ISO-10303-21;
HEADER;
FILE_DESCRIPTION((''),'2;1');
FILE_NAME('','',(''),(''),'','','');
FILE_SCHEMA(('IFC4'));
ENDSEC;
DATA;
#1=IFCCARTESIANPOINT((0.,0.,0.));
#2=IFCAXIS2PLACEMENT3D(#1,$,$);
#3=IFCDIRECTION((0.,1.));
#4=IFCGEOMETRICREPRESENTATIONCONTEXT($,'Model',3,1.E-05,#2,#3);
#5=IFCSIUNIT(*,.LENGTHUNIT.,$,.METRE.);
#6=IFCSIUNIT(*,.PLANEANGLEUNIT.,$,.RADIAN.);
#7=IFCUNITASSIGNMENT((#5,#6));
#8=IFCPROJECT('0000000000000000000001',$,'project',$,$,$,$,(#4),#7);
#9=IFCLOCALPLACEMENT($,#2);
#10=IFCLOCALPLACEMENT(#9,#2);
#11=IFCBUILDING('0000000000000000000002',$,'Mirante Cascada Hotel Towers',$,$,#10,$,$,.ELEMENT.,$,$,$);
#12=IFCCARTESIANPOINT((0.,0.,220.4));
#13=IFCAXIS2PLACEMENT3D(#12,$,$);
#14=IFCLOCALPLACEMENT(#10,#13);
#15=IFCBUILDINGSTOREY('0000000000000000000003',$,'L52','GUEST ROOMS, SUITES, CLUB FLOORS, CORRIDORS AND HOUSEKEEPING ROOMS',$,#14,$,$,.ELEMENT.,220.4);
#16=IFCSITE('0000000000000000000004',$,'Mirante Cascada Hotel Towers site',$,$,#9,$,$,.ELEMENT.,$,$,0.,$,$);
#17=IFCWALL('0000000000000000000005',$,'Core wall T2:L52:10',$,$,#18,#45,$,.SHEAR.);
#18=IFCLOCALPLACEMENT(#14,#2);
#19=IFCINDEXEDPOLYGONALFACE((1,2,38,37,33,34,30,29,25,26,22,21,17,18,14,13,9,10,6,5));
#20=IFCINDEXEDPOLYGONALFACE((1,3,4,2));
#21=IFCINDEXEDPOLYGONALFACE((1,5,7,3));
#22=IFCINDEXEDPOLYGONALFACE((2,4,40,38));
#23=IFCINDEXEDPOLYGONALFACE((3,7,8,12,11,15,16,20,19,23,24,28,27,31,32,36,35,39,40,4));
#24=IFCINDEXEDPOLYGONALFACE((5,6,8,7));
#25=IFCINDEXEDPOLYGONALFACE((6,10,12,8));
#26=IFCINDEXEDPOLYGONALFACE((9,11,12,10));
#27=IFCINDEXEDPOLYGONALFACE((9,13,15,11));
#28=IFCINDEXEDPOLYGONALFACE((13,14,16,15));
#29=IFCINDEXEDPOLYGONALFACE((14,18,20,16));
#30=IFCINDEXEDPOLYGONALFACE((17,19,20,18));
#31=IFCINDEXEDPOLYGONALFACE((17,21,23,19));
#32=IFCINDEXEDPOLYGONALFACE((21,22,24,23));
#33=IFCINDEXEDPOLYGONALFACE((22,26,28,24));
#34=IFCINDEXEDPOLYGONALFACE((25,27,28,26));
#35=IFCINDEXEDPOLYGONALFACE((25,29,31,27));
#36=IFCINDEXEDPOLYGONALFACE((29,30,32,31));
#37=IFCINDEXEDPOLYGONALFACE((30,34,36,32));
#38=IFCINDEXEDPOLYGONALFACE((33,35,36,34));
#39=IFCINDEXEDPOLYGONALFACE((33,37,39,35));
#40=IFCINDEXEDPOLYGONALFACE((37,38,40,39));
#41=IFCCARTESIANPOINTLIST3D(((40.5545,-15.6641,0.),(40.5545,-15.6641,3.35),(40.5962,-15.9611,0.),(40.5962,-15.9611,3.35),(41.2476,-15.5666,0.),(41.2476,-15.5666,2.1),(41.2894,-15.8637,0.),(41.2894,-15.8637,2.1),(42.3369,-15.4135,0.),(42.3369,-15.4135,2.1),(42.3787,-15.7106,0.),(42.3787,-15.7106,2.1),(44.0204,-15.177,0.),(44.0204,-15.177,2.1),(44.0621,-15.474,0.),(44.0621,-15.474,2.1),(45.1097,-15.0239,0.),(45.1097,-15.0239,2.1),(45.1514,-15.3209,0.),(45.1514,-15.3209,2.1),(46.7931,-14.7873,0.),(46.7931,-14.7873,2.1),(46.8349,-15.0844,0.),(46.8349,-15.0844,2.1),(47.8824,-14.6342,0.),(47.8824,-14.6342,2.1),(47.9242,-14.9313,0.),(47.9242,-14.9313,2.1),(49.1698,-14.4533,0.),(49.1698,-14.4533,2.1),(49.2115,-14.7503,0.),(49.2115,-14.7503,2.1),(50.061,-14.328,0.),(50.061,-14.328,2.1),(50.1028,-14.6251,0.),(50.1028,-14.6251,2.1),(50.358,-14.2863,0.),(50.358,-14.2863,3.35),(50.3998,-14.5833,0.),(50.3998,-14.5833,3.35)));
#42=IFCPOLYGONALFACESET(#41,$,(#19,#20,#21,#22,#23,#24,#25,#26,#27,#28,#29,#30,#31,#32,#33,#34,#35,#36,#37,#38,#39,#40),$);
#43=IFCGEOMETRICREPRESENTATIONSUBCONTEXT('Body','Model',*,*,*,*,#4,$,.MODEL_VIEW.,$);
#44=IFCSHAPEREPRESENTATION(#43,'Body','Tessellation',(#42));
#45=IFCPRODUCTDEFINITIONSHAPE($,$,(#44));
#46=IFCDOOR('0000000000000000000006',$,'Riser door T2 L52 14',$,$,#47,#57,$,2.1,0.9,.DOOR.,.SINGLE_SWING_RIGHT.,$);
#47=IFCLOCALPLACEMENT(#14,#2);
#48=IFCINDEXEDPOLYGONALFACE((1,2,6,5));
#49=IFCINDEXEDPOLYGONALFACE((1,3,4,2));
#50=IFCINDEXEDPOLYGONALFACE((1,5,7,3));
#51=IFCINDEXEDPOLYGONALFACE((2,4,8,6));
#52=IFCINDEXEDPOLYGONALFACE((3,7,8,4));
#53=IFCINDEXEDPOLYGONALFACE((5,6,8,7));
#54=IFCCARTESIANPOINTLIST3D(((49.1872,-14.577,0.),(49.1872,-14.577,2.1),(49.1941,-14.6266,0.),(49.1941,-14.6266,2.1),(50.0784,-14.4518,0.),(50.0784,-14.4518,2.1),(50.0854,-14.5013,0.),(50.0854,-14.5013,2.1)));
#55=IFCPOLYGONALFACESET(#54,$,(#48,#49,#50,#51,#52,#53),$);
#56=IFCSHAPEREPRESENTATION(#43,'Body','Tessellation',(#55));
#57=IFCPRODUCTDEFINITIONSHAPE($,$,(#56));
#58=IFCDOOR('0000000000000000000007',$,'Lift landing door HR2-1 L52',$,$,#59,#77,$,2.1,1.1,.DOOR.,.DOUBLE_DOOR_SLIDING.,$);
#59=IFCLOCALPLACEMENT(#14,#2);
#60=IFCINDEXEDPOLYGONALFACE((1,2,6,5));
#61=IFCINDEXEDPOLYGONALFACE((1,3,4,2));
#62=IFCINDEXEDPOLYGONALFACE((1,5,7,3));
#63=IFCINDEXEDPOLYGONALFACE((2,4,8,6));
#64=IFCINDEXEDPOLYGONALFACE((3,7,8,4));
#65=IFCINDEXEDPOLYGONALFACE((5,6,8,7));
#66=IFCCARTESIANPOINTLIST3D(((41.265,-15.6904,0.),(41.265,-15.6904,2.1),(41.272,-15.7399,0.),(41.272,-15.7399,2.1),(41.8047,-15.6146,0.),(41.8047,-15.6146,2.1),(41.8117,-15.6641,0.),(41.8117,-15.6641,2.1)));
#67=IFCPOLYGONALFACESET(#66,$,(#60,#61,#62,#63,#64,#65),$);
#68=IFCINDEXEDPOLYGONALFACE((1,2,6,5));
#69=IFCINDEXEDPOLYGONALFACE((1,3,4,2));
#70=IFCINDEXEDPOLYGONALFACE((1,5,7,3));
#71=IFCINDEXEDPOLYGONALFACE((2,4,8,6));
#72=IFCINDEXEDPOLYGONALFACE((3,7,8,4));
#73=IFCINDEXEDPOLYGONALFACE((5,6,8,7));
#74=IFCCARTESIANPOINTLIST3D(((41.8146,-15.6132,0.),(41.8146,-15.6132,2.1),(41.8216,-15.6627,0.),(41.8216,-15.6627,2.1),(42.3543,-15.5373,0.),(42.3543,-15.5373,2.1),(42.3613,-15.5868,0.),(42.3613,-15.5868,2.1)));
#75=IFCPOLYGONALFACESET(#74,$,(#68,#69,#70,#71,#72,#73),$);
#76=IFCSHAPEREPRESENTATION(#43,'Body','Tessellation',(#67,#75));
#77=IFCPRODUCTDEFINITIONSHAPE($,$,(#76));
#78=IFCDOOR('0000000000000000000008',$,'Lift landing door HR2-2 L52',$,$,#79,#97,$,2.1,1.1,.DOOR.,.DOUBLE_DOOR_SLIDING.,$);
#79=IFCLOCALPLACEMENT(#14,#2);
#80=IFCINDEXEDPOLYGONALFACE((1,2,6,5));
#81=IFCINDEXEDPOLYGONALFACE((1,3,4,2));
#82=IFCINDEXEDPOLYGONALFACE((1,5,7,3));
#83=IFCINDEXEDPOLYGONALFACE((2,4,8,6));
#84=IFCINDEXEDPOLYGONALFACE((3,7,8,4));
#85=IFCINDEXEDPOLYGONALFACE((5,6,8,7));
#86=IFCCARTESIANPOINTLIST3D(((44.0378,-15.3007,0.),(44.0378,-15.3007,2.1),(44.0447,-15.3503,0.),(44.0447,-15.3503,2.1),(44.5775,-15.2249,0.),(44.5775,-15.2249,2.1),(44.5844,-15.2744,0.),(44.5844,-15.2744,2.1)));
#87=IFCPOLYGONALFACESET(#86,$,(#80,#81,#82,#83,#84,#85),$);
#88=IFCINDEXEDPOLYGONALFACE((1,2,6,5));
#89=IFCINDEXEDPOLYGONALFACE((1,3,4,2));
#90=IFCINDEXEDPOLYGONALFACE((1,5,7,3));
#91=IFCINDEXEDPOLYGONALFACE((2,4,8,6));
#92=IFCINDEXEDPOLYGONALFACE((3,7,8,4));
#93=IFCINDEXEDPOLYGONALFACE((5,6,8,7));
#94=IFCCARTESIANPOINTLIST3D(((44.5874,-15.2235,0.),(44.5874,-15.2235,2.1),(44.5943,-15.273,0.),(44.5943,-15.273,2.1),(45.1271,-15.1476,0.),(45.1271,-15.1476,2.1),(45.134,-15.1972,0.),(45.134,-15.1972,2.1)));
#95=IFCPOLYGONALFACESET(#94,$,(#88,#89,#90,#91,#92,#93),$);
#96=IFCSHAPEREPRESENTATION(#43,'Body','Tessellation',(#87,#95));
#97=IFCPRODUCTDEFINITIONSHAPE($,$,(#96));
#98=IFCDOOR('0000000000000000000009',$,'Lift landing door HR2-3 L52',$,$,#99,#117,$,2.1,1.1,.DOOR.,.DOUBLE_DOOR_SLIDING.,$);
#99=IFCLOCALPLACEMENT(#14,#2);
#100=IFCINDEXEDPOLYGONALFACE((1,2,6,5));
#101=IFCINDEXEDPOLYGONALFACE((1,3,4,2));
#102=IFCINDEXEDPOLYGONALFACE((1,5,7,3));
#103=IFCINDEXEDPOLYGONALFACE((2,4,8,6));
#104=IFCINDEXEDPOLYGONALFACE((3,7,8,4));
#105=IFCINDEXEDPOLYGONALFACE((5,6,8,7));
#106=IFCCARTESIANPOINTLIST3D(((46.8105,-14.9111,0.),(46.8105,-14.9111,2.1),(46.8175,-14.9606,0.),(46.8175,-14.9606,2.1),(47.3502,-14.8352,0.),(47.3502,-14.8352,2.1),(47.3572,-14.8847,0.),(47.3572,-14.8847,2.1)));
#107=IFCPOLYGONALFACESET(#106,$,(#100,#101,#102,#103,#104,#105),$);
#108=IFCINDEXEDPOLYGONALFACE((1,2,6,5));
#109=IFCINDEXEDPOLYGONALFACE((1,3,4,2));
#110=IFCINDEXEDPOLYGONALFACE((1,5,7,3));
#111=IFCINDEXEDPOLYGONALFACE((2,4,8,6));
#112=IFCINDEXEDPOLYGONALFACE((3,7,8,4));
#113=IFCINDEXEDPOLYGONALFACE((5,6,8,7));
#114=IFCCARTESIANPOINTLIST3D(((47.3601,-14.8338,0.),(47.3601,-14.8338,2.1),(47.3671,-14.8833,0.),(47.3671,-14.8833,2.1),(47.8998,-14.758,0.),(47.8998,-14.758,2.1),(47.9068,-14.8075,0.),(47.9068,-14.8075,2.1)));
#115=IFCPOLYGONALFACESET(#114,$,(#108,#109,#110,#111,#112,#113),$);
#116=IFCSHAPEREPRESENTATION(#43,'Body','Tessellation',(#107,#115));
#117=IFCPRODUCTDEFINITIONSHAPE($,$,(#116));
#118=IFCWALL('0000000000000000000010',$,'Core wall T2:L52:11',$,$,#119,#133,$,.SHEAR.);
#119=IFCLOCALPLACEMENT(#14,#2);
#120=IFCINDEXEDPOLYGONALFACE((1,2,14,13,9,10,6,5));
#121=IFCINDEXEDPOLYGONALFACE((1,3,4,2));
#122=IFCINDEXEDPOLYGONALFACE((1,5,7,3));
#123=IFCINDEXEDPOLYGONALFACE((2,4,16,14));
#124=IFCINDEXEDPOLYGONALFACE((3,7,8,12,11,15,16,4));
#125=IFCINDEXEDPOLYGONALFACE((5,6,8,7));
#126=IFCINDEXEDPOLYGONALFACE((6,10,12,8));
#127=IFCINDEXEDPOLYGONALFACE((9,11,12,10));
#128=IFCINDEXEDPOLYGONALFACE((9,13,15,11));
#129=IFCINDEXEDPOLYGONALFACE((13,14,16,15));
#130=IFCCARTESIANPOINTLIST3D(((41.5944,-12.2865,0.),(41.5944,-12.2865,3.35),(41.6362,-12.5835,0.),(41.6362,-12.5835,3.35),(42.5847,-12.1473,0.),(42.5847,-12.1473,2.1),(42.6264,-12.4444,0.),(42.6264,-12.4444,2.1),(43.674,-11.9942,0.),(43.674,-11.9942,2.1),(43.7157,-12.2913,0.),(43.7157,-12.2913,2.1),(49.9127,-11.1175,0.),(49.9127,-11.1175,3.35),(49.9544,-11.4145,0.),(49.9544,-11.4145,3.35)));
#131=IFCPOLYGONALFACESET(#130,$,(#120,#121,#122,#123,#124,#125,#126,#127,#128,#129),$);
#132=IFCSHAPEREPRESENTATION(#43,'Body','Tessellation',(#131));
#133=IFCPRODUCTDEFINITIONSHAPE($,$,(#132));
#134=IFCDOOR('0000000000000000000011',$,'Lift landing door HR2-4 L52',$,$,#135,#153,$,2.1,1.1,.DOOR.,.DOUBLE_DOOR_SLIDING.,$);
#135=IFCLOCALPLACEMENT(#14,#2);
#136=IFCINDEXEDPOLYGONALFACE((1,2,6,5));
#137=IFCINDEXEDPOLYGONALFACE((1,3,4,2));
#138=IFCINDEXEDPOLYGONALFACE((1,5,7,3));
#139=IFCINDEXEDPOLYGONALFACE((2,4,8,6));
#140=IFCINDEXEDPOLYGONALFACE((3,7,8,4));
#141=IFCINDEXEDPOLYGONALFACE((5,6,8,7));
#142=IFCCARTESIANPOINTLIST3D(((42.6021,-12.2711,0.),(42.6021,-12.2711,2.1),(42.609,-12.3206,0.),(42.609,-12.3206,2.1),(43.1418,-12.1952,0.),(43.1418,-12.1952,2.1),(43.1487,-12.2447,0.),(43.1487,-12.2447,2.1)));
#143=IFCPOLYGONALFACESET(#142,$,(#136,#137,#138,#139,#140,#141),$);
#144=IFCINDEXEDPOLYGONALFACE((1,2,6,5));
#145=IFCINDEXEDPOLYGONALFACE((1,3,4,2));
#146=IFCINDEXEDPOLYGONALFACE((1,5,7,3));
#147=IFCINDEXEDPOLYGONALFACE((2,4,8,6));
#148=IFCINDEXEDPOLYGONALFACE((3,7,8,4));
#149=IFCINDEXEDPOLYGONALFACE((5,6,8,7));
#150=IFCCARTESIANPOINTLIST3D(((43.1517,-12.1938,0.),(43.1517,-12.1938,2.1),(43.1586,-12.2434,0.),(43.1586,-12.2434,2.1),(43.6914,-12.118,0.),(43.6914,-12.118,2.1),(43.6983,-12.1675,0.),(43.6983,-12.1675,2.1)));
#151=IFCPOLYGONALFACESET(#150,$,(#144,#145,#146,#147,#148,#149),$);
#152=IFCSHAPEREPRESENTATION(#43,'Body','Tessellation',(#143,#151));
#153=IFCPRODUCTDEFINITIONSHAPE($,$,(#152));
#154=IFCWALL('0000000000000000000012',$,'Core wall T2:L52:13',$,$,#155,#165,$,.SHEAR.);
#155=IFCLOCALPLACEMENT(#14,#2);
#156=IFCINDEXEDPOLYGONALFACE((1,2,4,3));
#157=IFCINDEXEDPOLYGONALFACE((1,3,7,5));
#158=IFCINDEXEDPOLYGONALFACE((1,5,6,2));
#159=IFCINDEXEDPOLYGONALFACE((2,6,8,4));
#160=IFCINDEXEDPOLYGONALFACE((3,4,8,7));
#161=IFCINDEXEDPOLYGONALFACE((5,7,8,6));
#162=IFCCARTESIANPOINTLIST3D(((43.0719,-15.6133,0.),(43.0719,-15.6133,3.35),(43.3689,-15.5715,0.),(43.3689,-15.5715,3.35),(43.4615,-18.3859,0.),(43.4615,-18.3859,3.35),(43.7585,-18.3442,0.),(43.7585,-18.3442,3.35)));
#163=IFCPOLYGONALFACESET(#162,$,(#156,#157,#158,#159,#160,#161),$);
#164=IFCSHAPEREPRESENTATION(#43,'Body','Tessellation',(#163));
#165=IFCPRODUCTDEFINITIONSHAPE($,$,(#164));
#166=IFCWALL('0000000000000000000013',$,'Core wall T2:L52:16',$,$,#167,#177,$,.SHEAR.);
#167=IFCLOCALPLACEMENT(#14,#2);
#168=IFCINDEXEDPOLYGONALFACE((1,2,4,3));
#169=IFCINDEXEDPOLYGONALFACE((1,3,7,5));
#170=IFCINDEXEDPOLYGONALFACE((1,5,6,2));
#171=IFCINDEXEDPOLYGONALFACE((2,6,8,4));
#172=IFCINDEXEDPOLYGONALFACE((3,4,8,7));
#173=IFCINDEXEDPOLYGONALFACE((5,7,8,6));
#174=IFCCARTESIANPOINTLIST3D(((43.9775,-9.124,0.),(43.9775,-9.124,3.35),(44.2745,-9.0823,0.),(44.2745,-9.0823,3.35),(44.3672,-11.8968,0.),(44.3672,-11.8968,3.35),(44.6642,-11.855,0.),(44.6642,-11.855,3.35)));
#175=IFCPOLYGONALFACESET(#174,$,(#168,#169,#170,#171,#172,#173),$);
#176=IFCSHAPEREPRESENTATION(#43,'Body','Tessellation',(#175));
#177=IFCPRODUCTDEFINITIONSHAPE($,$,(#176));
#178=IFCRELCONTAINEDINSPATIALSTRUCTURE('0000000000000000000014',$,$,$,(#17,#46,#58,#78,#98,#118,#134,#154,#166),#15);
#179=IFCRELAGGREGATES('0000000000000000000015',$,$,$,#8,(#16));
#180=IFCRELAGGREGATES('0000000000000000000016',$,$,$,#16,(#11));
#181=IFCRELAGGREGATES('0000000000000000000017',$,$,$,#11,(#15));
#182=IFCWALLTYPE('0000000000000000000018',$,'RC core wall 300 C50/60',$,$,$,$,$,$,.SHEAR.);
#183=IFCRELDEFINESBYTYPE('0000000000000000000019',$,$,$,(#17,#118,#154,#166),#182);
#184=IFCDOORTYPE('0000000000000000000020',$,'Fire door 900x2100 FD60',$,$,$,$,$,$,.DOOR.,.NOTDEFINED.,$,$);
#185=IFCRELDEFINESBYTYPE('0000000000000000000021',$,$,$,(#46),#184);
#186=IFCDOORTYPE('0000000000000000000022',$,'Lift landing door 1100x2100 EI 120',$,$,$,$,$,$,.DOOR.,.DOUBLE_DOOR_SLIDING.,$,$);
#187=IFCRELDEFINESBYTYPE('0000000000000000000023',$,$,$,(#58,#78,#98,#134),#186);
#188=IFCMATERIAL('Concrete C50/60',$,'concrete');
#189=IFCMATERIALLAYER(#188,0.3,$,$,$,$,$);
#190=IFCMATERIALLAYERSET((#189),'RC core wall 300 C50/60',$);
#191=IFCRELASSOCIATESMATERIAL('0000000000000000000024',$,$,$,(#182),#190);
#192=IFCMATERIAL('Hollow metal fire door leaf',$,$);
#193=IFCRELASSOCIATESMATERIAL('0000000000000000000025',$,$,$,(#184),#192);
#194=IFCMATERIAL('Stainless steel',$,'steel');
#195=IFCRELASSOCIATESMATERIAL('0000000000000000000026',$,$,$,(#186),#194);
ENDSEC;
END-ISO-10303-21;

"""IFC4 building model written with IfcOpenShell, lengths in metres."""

from ifc_helpers import new_model, si_unit, direction, frame, frame_2d, origin, place, context, subcontext, project, spatial, rectangle, extrude, material, layer, layer_set, type_object, element, fill, save


model = new_model("IFC4")

# Units and contexts
model_context = context("Model", 3, precision=1e-05, world=origin(), true_north=direction((0.0, 1.0)))
body_context = subcontext(model_context, "Body", "Model", "MODEL_VIEW")
ifc_project = project(units=[si_unit("LENGTHUNIT", "METRE"), si_unit("PLANEANGLEUNIT", "RADIAN")], contexts=[model_context])

# Site, building, storey
site_placement = place(None, origin())
site = spatial("IfcSite", under=ifc_project, at=site_placement, Name="Mirante Cascada Hotel Towers site", CompositionType="ELEMENT", RefElevation=0.0)
building_placement = place(site_placement, origin())
building = spatial("IfcBuilding", under=site, at=building_placement, Name="Mirante Cascada Hotel Towers", CompositionType="ELEMENT")
storey_placement = place(building_placement, frame((0.0, 0.0, 220.4)))
storey = spatial("IfcBuildingStorey", under=building, at=storey_placement, Name="L52", Description="GUEST ROOMS, SUITES, CLUB FLOORS, CORRIDORS AND HOUSEKEEPING ROOMS", CompositionType="ELEMENT", Elevation=220.4)

# Shared definitions
ifc_material_1 = material(Name="Concrete C50/60", Category="concrete")
ifc_layer_1 = layer(ifc_material_1, 0.3)
ifc_layer_set_1 = layer_set([ifc_layer_1], Name="RC core wall 300 C50/60")
wall_type_1 = type_object("IfcWallType", Name="RC core wall 300 C50/60", PredefinedType="SHEAR", material=ifc_layer_set_1)

# Wall, openings, doors
wall_1_placement = place(storey_placement, frame((40.5753, -15.8126, 0.0), z_axis=(0.0, 0.0, 1.0), x_axis=(0.990268, 0.139173, 0.0)))
wall_1 = element("IfcWall", 1, at=wall_1_placement, inside=storey, type_object=wall_type_1, Name="Core wall T2:L52:10", PredefinedType="SHEAR", context=body_context, shape_type="SweptSolid", body=[
    extrude(rectangle(XDim=9.8999, YDim=0.3, at=frame_2d((4.95, 0.0))), origin(), (0.0, 0.0, 1.0), 3.35),
])
opening_1_placement = place(wall_1_placement, frame((0.7, 0.0, 0.0)))
opening_1 = element("IfcOpeningElement", 2, at=opening_1_placement, cuts=wall_1, PredefinedType="OPENING", context=body_context, shape_type="SweptSolid", body=[
    extrude(rectangle(XDim=1.1, YDim=2.1, at=frame_2d((0.55, 1.05))), frame((0.0, 0.15, 0.0), z_axis=(0.0, -1.0, 0.0), x_axis=(1.0, 0.0, 0.0)), (0.0, 0.0, 1.0), 0.3),
])
opening_2_placement = place(wall_1_placement, frame((3.5, 0.0, 0.0)))
opening_2 = element("IfcOpeningElement", 3, at=opening_2_placement, cuts=wall_1, PredefinedType="OPENING", context=body_context, shape_type="SweptSolid", body=[
    extrude(rectangle(XDim=1.1, YDim=2.1, at=frame_2d((0.55, 1.05))), frame((0.0, 0.15, 0.0), z_axis=(0.0, -1.0, 0.0), x_axis=(1.0, 0.0, 0.0)), (0.0, 0.0, 1.0), 0.3),
])
opening_3_placement = place(wall_1_placement, frame((6.3, 0.0, 0.0)))
opening_3 = element("IfcOpeningElement", 4, at=opening_3_placement, cuts=wall_1, PredefinedType="OPENING", context=body_context, shape_type="SweptSolid", body=[
    extrude(rectangle(XDim=1.1, YDim=2.1, at=frame_2d((0.55, 1.05))), frame((0.0, 0.15, 0.0), z_axis=(0.0, -1.0, 0.0), x_axis=(1.0, 0.0, 0.0)), (0.0, 0.0, 1.0), 0.3),
])
opening_4_placement = place(wall_1_placement, frame((8.7, 0.0, 0.0)))
opening_4 = element("IfcOpeningElement", 5, at=opening_4_placement, cuts=wall_1, PredefinedType="OPENING", context=body_context, shape_type="SweptSolid", body=[
    extrude(rectangle(XDim=0.9, YDim=2.1, at=frame_2d((0.45, 1.05))), frame((0.0, 0.15, 0.0), z_axis=(0.0, -1.0, 0.0), x_axis=(1.0, 0.0, 0.0)), (0.0, 0.0, 1.0), 0.3),
])
ifc_material_2 = material(Name="Hollow metal fire door leaf")
door_type_1 = type_object("IfcDoorType", Name="Fire door 900x2100 FD60", OperationType="NOTDEFINED", PredefinedType="DOOR", material=ifc_material_2)
door_1_placement = place(opening_4_placement, frame((0.9, 0.0, 0.0), z_axis=(0.0, 0.0, 1.0), x_axis=(-1.0, 0.0, 0.0)))
door_1 = element("IfcDoor", 6, at=door_1_placement, inside=storey, type_object=door_type_1, Name="Riser door T2 L52 14", OperationType="SINGLE_SWING_RIGHT", OverallHeight=2.1, OverallWidth=0.9, PredefinedType="DOOR", context=body_context, shape_type="SweptSolid", body=[
    extrude(rectangle(XDim=0.9, YDim=2.1, at=frame_2d((0.45, 1.05))), frame((0.0, 0.025, 0.0), z_axis=(0.0, -1.0, 0.0), x_axis=(1.0, 0.0, 0.0)), (0.0, 0.0, 1.0), 0.05),
])
fill(opening_4, door_1)
ifc_material_3 = material(Name="Stainless steel", Category="steel")
door_type_2 = type_object("IfcDoorType", Name="Lift landing door 1100x2100 EI 120", OperationType="DOUBLE_DOOR_SLIDING", PredefinedType="DOOR", material=ifc_material_3)
door_2_placement = place(opening_1_placement, origin())
door_2 = element("IfcDoor", 7, at=door_2_placement, inside=storey, type_object=door_type_2, Name="Lift landing door HR2-1 L52", OperationType="DOUBLE_DOOR_SLIDING", OverallHeight=2.1, OverallWidth=1.1, PredefinedType="DOOR", context=body_context, shape_type="SweptSolid", body=[
    extrude(rectangle(XDim=0.545, YDim=2.1, at=frame_2d((0.2725, 1.05))), frame((0.0, 0.025, 0.0), z_axis=(0.0, -1.0, 0.0), x_axis=(1.0, 0.0, 0.0)), (0.0, 0.0, 1.0), 0.05),
    extrude(rectangle(XDim=0.545, YDim=2.1, at=frame_2d((0.8275, 1.05))), frame((0.0, 0.025, 0.0), z_axis=(0.0, -1.0, 0.0), x_axis=(1.0, 0.0, 0.0)), (0.0, 0.0, 1.0), 0.05),
])
fill(opening_1, door_2)
door_3_placement = place(opening_2_placement, origin())
door_3 = element("IfcDoor", 8, at=door_3_placement, inside=storey, type_object=door_type_2, Name="Lift landing door HR2-2 L52", OperationType="DOUBLE_DOOR_SLIDING", OverallHeight=2.1, OverallWidth=1.1, PredefinedType="DOOR", context=body_context, shape_type="SweptSolid", body=[
    extrude(rectangle(XDim=0.545, YDim=2.1, at=frame_2d((0.2725, 1.05))), frame((0.0, 0.025, 0.0), z_axis=(0.0, -1.0, 0.0), x_axis=(1.0, 0.0, 0.0)), (0.0, 0.0, 1.0), 0.05),
    extrude(rectangle(XDim=0.545, YDim=2.1, at=frame_2d((0.8275, 1.05))), frame((0.0, 0.025, 0.0), z_axis=(0.0, -1.0, 0.0), x_axis=(1.0, 0.0, 0.0)), (0.0, 0.0, 1.0), 0.05),
])
fill(opening_2, door_3)
door_4_placement = place(opening_3_placement, origin())
door_4 = element("IfcDoor", 9, at=door_4_placement, inside=storey, type_object=door_type_2, Name="Lift landing door HR2-3 L52", OperationType="DOUBLE_DOOR_SLIDING", OverallHeight=2.1, OverallWidth=1.1, PredefinedType="DOOR", context=body_context, shape_type="SweptSolid", body=[
    extrude(rectangle(XDim=0.545, YDim=2.1, at=frame_2d((0.2725, 1.05))), frame((0.0, 0.025, 0.0), z_axis=(0.0, -1.0, 0.0), x_axis=(1.0, 0.0, 0.0)), (0.0, 0.0, 1.0), 0.05),
    extrude(rectangle(XDim=0.545, YDim=2.1, at=frame_2d((0.8275, 1.05))), frame((0.0, 0.025, 0.0), z_axis=(0.0, -1.0, 0.0), x_axis=(1.0, 0.0, 0.0)), (0.0, 0.0, 1.0), 0.05),
])
fill(opening_3, door_4)

# Wall, opening, door
wall_2_placement = place(storey_placement, frame((41.6153, -12.435, 0.0), z_axis=(0.0, 0.0, 1.0), x_axis=(0.990269, 0.139166, 0.0)))
wall_2 = element("IfcWall", 10, at=wall_2_placement, inside=storey, type_object=wall_type_1, Name="Core wall T2:L52:11", PredefinedType="SHEAR", context=body_context, shape_type="SweptSolid", body=[
    extrude(rectangle(XDim=8.4, YDim=0.3, at=frame_2d((4.2, 0.0))), origin(), (0.0, 0.0, 1.0), 3.35),
])
opening_5_placement = place(wall_2_placement, frame((1.0, 0.0, 0.0)))
opening_5 = element("IfcOpeningElement", 11, at=opening_5_placement, cuts=wall_2, PredefinedType="OPENING", context=body_context, shape_type="SweptSolid", body=[
    extrude(rectangle(XDim=1.1, YDim=2.1, at=frame_2d((0.55, 1.05))), frame((0.0, 0.15, 0.0), z_axis=(0.0, -1.0, 0.0), x_axis=(1.0, 0.0, 0.0)), (0.0, 0.0, 1.0), 0.3),
])
door_5_placement = place(opening_5_placement, origin())
door_5 = element("IfcDoor", 12, at=door_5_placement, inside=storey, type_object=door_type_2, Name="Lift landing door HR2-4 L52", OperationType="DOUBLE_DOOR_SLIDING", OverallHeight=2.1, OverallWidth=1.1, PredefinedType="DOOR", context=body_context, shape_type="SweptSolid", body=[
    extrude(rectangle(XDim=0.545, YDim=2.1, at=frame_2d((0.2725, 1.05))), frame((0.0, 0.025, 0.0), z_axis=(0.0, -1.0, 0.0), x_axis=(1.0, 0.0, 0.0)), (0.0, 0.0, 1.0), 0.05),
    extrude(rectangle(XDim=0.545, YDim=2.1, at=frame_2d((0.8275, 1.05))), frame((0.0, 0.025, 0.0), z_axis=(0.0, -1.0, 0.0), x_axis=(1.0, 0.0, 0.0)), (0.0, 0.0, 1.0), 0.05),
])
fill(opening_5, door_5)

# Walls
wall_3_placement = place(storey_placement, frame((43.61, -18.3651, 0.0), z_axis=(0.0, 0.0, 1.0), x_axis=(-0.139146, 0.990272, 0.0)))
element("IfcWall", 13, at=wall_3_placement, inside=storey, type_object=wall_type_1, Name="Core wall T2:L52:13", PredefinedType="SHEAR", context=body_context, shape_type="SweptSolid", body=[
    extrude(rectangle(XDim=2.7999, YDim=0.3, at=frame_2d((1.4, 0.0))), origin(), (0.0, 0.0, 1.0), 3.35),
])
wall_4_placement = place(storey_placement, frame((44.5157, -11.8759, 0.0), z_axis=(0.0, 0.0, 1.0), x_axis=(-0.139181, 0.990267, 0.0)))
element("IfcWall", 14, at=wall_4_placement, inside=storey, type_object=wall_type_1, Name="Core wall T2:L52:16", PredefinedType="SHEAR", context=body_context, shape_type="SweptSolid", body=[
    extrude(rectangle(XDim=2.8, YDim=0.3, at=frame_2d((1.4, 0.0))), origin(), (0.0, 0.0, 1.0), 3.35),
])

save(model, "model.ifc")
